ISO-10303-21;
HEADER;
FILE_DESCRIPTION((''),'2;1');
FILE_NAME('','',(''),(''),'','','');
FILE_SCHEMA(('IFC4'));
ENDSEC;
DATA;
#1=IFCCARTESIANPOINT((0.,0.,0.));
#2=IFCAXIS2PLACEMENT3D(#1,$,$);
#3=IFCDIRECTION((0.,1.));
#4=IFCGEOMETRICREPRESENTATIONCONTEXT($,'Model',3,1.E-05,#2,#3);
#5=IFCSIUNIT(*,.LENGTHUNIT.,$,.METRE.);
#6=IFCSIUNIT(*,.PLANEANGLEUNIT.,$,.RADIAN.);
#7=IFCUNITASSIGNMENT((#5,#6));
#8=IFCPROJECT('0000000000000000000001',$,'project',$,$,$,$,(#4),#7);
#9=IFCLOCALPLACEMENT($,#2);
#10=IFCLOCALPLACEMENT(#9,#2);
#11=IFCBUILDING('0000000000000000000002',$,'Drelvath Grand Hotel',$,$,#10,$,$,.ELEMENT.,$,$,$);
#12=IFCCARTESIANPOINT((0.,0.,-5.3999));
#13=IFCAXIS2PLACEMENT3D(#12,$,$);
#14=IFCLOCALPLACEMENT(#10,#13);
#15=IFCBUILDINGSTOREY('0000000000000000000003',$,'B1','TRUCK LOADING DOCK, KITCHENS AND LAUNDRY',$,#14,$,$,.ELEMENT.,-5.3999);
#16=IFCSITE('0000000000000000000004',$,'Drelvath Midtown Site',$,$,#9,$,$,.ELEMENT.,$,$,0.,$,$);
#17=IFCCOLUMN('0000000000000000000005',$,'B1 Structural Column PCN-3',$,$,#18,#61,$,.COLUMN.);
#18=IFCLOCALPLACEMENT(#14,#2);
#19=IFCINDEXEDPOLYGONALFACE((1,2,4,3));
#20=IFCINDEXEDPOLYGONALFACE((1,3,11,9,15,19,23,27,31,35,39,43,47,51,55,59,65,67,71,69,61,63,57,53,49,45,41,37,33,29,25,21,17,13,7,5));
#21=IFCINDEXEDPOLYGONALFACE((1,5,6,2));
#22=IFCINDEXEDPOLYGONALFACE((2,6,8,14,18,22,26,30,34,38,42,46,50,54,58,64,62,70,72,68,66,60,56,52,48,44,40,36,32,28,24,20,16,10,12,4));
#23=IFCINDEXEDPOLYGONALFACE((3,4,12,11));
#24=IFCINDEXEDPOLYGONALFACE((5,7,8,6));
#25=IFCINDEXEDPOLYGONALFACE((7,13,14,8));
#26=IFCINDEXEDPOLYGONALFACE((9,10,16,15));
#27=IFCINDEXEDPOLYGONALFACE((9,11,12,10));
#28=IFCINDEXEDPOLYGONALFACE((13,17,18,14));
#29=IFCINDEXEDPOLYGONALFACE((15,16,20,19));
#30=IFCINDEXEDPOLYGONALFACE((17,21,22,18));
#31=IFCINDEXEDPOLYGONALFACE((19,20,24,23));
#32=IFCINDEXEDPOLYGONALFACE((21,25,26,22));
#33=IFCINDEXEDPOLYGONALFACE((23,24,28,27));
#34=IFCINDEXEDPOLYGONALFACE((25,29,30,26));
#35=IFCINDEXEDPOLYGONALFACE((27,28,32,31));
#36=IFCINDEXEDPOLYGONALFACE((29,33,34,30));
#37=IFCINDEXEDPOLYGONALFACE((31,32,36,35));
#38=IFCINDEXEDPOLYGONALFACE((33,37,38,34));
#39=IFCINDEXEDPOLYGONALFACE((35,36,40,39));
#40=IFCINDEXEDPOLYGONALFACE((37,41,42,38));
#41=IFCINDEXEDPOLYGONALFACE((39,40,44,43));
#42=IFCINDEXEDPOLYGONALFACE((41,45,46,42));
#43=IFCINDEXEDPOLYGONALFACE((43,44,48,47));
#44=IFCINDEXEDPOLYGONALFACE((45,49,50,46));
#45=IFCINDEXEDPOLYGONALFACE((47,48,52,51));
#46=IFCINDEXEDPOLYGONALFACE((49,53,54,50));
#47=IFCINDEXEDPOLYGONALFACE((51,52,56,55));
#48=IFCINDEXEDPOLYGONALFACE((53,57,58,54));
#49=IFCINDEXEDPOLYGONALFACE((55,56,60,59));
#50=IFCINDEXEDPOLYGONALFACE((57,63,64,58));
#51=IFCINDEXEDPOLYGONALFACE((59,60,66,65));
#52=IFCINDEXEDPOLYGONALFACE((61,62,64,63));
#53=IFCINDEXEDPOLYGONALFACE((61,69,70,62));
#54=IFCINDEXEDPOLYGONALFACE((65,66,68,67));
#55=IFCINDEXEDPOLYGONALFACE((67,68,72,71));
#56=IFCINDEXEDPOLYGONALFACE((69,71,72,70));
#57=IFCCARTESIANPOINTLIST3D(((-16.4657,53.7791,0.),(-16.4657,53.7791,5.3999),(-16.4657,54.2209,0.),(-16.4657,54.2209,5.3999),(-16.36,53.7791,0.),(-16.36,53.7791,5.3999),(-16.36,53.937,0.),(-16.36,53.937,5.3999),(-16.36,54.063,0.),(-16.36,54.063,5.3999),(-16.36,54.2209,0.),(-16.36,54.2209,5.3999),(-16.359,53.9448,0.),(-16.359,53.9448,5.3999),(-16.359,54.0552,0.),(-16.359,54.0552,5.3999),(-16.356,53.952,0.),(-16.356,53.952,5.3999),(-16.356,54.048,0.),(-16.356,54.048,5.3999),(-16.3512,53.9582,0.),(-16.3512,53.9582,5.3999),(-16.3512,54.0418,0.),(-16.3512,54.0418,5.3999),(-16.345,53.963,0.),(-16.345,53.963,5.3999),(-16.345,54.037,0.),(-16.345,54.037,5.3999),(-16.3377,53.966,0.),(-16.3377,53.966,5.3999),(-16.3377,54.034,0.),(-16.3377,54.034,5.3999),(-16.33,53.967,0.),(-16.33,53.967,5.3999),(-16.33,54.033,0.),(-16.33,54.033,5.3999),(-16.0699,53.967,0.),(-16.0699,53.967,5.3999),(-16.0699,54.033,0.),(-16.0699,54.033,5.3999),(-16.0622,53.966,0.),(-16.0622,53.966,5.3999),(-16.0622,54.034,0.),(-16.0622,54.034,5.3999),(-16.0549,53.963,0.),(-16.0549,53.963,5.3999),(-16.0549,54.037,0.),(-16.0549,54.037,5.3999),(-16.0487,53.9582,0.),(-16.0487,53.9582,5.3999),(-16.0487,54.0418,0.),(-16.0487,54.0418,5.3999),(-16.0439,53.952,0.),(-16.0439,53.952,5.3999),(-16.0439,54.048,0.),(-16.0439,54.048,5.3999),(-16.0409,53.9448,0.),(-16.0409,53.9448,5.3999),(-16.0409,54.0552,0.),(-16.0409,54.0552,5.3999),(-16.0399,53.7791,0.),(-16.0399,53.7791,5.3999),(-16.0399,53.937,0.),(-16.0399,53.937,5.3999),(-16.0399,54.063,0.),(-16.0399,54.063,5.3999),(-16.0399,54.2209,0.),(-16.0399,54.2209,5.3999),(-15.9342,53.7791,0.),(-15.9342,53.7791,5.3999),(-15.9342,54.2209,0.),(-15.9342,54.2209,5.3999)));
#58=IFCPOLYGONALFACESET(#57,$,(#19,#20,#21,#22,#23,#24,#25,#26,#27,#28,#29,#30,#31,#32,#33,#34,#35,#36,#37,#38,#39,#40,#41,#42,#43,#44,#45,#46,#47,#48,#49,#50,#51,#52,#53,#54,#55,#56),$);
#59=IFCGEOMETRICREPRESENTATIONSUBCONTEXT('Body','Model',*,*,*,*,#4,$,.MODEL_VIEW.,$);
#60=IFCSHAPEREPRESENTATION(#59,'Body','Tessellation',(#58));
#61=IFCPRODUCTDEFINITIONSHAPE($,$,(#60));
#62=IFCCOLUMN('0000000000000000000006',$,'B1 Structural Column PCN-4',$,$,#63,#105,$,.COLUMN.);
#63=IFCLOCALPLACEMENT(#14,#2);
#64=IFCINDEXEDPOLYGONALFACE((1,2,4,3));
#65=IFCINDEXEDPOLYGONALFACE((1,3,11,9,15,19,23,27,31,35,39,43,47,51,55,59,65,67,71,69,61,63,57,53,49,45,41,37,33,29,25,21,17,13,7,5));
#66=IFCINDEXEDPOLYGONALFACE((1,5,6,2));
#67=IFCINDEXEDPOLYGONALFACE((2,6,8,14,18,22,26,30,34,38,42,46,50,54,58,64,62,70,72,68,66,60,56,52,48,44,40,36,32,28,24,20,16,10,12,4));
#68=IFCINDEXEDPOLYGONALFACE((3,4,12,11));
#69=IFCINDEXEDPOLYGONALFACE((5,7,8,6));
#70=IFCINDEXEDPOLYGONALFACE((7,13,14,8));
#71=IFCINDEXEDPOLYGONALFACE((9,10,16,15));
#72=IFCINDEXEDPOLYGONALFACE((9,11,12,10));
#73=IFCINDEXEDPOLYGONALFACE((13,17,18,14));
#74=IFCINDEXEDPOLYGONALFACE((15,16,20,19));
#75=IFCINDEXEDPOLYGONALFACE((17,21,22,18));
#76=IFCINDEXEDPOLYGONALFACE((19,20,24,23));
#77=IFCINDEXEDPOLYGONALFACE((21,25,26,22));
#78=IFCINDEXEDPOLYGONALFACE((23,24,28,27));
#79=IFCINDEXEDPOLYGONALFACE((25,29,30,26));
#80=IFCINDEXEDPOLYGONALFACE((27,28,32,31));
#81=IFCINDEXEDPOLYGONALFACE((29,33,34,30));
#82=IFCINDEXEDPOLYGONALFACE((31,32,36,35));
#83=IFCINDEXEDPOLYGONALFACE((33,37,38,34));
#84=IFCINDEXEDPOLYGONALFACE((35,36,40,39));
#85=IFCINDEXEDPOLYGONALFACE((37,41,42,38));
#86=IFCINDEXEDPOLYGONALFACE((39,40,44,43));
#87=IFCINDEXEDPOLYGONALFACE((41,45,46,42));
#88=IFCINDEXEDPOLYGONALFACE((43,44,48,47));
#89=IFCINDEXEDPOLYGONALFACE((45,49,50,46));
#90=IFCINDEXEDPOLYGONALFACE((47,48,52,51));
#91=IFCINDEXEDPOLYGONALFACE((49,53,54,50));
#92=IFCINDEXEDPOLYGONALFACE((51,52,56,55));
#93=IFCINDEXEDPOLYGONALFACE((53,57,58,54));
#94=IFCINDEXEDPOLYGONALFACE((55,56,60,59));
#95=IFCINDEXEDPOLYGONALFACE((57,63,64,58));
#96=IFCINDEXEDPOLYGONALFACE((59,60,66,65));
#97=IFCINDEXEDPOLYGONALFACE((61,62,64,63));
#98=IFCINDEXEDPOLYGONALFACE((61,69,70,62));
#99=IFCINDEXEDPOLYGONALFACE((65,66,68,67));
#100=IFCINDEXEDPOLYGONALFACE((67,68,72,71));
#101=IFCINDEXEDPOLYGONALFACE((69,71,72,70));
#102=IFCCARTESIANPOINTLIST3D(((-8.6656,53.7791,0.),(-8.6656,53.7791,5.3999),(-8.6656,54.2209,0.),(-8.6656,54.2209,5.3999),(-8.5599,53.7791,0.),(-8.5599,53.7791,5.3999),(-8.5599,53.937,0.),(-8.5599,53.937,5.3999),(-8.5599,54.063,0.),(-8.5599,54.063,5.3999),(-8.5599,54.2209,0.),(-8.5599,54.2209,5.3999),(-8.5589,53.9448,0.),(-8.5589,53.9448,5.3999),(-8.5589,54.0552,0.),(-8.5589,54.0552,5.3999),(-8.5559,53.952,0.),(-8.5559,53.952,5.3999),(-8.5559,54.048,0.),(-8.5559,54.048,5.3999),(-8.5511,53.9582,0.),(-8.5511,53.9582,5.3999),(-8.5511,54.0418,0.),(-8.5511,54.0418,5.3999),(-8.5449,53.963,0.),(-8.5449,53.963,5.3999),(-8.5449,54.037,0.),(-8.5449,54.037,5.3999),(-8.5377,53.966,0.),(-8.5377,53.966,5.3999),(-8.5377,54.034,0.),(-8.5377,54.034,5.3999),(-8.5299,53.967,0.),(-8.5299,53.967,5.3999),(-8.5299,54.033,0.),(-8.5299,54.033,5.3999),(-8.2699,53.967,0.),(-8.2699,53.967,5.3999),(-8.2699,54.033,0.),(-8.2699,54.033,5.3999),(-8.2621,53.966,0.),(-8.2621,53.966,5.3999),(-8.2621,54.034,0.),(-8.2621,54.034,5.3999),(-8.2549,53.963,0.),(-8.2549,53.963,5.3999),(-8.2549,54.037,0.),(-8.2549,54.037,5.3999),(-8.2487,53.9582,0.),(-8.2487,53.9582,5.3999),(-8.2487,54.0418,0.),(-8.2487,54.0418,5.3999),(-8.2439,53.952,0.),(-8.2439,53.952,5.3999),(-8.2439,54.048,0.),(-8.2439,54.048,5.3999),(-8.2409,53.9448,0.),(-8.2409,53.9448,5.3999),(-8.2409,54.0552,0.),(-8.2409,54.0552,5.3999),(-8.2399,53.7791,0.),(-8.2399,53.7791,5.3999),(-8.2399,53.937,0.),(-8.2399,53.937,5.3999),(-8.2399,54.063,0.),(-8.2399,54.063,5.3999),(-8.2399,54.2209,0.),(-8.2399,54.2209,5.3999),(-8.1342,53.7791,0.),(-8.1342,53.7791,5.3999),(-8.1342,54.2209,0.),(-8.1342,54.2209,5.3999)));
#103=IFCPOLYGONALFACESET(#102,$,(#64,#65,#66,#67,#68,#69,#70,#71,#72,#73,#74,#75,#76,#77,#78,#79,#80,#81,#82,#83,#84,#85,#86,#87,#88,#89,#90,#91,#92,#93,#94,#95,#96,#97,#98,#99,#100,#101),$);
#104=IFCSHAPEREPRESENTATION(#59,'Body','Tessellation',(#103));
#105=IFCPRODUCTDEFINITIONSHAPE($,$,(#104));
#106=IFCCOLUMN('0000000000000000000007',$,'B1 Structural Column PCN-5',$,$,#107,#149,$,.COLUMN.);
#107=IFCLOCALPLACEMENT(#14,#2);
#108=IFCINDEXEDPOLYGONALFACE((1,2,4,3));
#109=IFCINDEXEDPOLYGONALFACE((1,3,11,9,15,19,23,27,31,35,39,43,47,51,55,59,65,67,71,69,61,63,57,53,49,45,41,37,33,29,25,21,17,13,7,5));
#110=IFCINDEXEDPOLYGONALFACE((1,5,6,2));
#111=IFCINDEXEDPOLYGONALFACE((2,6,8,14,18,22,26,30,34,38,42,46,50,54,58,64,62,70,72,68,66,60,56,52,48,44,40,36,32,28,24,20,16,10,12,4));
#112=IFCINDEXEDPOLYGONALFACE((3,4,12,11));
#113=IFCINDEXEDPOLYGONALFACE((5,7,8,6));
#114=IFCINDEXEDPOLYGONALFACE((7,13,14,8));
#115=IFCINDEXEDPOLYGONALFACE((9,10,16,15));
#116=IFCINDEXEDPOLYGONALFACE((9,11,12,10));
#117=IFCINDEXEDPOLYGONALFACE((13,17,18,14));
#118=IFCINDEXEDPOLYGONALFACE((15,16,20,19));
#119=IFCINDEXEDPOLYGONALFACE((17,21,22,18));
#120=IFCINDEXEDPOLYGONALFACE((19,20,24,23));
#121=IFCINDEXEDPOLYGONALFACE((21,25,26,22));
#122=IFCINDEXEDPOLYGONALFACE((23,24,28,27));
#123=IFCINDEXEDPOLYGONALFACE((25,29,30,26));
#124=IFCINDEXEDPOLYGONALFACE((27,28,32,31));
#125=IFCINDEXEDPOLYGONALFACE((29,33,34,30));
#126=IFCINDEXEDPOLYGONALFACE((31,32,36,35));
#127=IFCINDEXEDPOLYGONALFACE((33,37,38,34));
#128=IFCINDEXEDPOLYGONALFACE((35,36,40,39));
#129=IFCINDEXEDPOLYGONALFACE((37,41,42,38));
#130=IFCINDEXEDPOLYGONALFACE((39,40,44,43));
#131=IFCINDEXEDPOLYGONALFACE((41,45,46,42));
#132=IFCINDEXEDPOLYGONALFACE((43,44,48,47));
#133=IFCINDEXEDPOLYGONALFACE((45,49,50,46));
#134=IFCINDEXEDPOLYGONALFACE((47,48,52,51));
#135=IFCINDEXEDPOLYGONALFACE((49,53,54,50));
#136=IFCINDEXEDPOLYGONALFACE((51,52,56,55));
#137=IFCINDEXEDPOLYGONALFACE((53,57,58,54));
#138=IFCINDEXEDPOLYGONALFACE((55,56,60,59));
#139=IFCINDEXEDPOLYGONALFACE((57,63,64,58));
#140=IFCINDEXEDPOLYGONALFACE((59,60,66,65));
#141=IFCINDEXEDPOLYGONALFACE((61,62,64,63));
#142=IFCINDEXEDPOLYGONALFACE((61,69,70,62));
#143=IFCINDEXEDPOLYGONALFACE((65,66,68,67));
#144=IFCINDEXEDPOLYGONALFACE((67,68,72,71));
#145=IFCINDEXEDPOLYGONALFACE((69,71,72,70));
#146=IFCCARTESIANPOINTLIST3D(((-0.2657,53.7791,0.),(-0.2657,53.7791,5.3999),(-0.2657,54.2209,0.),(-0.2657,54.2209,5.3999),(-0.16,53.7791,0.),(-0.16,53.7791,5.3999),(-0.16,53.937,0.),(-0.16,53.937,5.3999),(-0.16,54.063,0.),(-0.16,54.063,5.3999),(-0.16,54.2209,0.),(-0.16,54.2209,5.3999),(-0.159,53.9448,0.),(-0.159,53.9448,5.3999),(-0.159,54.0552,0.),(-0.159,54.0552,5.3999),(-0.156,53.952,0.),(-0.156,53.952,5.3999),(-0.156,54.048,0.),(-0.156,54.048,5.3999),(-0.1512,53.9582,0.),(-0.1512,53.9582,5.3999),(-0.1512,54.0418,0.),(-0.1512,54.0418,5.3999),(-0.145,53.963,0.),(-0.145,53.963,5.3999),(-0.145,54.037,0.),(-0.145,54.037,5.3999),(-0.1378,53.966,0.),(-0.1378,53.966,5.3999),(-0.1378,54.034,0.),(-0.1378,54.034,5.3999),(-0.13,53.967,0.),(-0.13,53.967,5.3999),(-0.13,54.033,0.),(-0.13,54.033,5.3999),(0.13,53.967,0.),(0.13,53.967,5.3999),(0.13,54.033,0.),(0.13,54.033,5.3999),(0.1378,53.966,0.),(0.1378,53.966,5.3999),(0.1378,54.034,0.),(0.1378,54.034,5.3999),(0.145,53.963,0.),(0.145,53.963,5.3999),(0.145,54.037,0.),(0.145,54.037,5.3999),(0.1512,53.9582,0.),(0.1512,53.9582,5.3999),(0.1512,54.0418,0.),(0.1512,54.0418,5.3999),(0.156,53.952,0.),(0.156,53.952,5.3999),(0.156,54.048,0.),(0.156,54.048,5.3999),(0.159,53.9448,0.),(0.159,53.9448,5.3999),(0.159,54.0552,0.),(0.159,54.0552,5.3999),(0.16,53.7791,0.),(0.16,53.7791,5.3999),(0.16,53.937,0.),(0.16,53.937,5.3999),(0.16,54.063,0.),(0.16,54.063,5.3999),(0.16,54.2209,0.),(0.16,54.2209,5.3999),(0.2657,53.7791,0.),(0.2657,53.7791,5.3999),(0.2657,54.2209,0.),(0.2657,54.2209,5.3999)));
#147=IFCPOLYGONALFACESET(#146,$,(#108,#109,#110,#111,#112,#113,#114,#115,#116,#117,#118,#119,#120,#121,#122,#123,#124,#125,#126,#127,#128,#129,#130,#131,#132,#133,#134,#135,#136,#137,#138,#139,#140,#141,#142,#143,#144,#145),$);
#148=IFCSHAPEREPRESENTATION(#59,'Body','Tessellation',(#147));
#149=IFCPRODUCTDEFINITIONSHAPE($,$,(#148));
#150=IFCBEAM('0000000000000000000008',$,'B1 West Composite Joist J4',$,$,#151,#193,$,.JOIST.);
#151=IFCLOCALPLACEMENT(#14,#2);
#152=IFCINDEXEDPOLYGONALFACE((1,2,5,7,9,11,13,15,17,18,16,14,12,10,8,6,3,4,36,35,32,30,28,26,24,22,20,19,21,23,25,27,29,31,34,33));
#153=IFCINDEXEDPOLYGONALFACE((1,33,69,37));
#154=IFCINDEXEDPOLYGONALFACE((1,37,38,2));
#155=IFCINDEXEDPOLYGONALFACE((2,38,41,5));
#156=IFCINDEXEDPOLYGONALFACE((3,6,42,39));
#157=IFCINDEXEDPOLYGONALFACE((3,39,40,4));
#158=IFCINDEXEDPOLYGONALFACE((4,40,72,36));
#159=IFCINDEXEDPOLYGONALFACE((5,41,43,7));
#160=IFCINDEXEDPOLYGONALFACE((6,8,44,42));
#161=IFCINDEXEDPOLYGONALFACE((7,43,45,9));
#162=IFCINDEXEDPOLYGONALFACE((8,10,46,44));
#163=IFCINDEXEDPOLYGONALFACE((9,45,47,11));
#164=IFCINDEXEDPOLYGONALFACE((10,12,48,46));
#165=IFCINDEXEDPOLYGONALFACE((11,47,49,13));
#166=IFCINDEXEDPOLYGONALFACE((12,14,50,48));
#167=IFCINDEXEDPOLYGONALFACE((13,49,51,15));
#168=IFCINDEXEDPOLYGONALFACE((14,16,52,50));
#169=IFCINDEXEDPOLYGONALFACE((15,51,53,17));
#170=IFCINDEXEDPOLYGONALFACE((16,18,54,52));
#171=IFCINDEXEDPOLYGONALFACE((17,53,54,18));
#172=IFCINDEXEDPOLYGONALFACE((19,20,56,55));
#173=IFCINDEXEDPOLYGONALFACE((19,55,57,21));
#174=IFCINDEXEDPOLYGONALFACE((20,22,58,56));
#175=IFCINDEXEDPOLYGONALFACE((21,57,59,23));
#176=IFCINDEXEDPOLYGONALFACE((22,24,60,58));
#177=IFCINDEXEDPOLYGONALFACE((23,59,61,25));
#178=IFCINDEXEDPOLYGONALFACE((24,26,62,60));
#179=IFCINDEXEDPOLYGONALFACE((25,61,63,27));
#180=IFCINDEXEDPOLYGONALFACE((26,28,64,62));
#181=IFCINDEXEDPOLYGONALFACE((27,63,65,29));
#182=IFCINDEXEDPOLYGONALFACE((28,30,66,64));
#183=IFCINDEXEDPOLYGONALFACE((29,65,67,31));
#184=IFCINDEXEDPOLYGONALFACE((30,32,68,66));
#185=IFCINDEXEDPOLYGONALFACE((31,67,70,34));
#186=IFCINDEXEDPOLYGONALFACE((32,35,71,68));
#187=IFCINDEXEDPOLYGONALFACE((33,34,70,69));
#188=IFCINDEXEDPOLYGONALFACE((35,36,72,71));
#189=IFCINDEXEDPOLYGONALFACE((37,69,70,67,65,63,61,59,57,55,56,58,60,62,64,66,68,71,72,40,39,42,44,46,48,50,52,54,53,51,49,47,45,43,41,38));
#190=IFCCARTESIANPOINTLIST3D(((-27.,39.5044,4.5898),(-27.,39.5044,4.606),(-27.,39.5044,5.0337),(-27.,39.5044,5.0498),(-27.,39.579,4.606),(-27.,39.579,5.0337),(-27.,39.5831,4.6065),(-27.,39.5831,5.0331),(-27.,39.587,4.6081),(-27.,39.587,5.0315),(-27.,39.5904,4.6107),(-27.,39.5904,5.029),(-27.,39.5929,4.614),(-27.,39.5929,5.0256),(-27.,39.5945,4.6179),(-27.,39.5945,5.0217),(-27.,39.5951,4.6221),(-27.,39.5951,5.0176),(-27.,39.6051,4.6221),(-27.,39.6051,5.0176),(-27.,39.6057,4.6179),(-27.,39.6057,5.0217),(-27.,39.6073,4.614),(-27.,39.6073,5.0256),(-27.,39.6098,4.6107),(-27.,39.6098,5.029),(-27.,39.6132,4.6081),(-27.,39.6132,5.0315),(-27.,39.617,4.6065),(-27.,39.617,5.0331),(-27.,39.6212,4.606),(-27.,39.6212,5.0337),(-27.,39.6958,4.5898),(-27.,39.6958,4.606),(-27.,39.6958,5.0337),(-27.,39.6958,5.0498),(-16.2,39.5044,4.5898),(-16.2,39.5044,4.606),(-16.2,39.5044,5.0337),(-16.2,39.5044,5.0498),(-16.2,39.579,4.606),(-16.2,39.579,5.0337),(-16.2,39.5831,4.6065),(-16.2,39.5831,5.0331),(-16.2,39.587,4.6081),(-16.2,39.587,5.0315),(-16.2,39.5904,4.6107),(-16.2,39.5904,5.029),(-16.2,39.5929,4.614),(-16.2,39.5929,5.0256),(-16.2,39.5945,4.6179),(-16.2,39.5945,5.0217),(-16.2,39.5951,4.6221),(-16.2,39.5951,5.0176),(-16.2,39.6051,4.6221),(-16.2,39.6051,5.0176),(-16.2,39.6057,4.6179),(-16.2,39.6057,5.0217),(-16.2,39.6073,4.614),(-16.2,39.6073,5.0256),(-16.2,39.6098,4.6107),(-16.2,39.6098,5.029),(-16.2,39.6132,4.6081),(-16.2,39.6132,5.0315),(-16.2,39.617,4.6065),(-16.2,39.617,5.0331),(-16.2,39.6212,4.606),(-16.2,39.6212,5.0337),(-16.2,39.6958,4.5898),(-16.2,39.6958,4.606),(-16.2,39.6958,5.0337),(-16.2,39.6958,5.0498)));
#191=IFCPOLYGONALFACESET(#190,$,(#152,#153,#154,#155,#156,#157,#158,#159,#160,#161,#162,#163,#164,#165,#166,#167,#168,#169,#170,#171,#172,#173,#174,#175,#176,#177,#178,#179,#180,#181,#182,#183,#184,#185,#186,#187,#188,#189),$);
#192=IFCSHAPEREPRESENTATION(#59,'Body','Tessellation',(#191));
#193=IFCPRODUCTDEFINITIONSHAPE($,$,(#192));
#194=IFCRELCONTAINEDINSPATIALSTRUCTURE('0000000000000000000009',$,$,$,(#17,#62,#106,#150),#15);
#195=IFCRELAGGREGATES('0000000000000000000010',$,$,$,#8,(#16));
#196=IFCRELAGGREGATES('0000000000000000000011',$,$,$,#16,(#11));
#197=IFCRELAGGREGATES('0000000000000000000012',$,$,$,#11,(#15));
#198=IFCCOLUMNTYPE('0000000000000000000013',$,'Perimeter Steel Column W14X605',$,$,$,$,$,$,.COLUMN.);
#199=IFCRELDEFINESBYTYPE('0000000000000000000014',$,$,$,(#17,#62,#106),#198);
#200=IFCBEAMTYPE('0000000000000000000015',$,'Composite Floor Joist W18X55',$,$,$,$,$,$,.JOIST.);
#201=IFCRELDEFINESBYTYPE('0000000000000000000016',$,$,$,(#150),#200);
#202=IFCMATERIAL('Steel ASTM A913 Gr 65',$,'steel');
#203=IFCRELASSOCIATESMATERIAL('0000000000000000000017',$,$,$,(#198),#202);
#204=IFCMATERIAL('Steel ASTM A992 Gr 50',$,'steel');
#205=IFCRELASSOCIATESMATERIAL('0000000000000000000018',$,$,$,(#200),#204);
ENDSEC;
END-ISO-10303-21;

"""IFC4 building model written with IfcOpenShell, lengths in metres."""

from ifc_helpers import new_model, si_unit, direction, frame, origin, origin_2d, place, context, subcontext, project, spatial, i_section, extrude, material, material_profile, profile_set, type_object, element, save


model = new_model("IFC4")

# Units and contexts
model_context = context("Model", 3, precision=1e-05, world=origin(), true_north=direction((0.0, 1.0)))
body_context = subcontext(model_context, "Body", "Model", "MODEL_VIEW")
ifc_project = project(units=[si_unit("LENGTHUNIT", "METRE"), si_unit("PLANEANGLEUNIT", "RADIAN")], contexts=[model_context])

# Site, building, storey
site_placement = place(None, origin())
site = spatial("IfcSite", under=ifc_project, at=site_placement, Name="Drelvath Midtown Site", CompositionType="ELEMENT", RefElevation=0.0)
building_placement = place(site_placement, origin())
building = spatial("IfcBuilding", under=site, at=building_placement, Name="Drelvath Grand Hotel", CompositionType="ELEMENT")
storey_placement = place(building_placement, frame((0.0, 0.0, -5.3999)))
storey = spatial("IfcBuildingStorey", under=building, at=storey_placement, Name="B1", Description="TRUCK LOADING DOCK, KITCHENS AND LAUNDRY", CompositionType="ELEMENT", Elevation=-5.3999)

# Columns
ifc_material_1 = material(Name="Steel ASTM A913 Gr 65", Category="steel")
ifc_material_profile_1 = material_profile(ifc_material_1, i_section(OverallWidth=0.4419, OverallDepth=0.5315, WebThickness=0.0659, FlangeThickness=0.1057, FilletRadius=0.03, at=origin_2d()), Name="W14X605")
ifc_profile_set_1 = profile_set([ifc_material_profile_1], Name="Steel ASTM A913 Gr 65")
column_type_1 = type_object("IfcColumnType", Name="Perimeter Steel Column W14X605", PredefinedType="COLUMN", material=ifc_profile_set_1)
for number, where, z_axis, x_axis, name in (
    (1, (-16.2, 54.0, 0.0), (0.0, 0.0, 1.0), (0.0, 1.0, 0.0), "B1 Structural Column PCN-3"),
    (2, (-8.3999, 54.0, 0.0), (0.0, 0.0, 1.0), (0.0, 1.0, 0.0), "B1 Structural Column PCN-4"),
    (3, (0.0, 54.0, 0.0), (0.0, 0.0, 1.0), (0.0, 1.0, 0.0), "B1 Structural Column PCN-5"),
):
    element("IfcColumn", number, at=place(storey_placement, frame(where, z_axis=z_axis, x_axis=x_axis)), inside=storey, type_object=column_type_1, Name=name, PredefinedType="COLUMN", context=body_context, shape_type="SweptSolid", body=[
        extrude(i_section(OverallWidth=0.4419, OverallDepth=0.5315, WebThickness=0.0659, FlangeThickness=0.1057, FilletRadius=0.03, at=origin_2d()), origin(), (0.0, 0.0, 1.0), 5.3999),
    ])

# Beam
ifc_material_2 = material(Name="Steel ASTM A992 Gr 50", Category="steel")
ifc_material_profile_2 = material_profile(ifc_material_2, i_section(OverallWidth=0.1914, OverallDepth=0.46, WebThickness=0.01, FlangeThickness=0.0161, FilletRadius=0.0161, at=origin_2d()), Name="W18X55")
ifc_profile_set_2 = profile_set([ifc_material_profile_2], Name="Steel ASTM A992 Gr 50")
beam_type_1 = type_object("IfcBeamType", Name="Composite Floor Joist W18X55", PredefinedType="JOIST", material=ifc_profile_set_2)
beam_1_placement = place(storey_placement, frame((-27.0, 39.6001, 4.8198), z_axis=(1.0, 0.0, 0.0), x_axis=(0.0, 1.0, 0.0)))
element("IfcBeam", 4, at=beam_1_placement, inside=storey, type_object=beam_type_1, Name="B1 West Composite Joist J4", PredefinedType="JOIST", context=body_context, shape_type="SweptSolid", body=[
    extrude(i_section(OverallWidth=0.1914, OverallDepth=0.46, WebThickness=0.01, FlangeThickness=0.0161, FilletRadius=0.0161, at=origin_2d()), origin(), (0.0, 0.0, 1.0), 10.8),
])

save(model, "model.ifc")
